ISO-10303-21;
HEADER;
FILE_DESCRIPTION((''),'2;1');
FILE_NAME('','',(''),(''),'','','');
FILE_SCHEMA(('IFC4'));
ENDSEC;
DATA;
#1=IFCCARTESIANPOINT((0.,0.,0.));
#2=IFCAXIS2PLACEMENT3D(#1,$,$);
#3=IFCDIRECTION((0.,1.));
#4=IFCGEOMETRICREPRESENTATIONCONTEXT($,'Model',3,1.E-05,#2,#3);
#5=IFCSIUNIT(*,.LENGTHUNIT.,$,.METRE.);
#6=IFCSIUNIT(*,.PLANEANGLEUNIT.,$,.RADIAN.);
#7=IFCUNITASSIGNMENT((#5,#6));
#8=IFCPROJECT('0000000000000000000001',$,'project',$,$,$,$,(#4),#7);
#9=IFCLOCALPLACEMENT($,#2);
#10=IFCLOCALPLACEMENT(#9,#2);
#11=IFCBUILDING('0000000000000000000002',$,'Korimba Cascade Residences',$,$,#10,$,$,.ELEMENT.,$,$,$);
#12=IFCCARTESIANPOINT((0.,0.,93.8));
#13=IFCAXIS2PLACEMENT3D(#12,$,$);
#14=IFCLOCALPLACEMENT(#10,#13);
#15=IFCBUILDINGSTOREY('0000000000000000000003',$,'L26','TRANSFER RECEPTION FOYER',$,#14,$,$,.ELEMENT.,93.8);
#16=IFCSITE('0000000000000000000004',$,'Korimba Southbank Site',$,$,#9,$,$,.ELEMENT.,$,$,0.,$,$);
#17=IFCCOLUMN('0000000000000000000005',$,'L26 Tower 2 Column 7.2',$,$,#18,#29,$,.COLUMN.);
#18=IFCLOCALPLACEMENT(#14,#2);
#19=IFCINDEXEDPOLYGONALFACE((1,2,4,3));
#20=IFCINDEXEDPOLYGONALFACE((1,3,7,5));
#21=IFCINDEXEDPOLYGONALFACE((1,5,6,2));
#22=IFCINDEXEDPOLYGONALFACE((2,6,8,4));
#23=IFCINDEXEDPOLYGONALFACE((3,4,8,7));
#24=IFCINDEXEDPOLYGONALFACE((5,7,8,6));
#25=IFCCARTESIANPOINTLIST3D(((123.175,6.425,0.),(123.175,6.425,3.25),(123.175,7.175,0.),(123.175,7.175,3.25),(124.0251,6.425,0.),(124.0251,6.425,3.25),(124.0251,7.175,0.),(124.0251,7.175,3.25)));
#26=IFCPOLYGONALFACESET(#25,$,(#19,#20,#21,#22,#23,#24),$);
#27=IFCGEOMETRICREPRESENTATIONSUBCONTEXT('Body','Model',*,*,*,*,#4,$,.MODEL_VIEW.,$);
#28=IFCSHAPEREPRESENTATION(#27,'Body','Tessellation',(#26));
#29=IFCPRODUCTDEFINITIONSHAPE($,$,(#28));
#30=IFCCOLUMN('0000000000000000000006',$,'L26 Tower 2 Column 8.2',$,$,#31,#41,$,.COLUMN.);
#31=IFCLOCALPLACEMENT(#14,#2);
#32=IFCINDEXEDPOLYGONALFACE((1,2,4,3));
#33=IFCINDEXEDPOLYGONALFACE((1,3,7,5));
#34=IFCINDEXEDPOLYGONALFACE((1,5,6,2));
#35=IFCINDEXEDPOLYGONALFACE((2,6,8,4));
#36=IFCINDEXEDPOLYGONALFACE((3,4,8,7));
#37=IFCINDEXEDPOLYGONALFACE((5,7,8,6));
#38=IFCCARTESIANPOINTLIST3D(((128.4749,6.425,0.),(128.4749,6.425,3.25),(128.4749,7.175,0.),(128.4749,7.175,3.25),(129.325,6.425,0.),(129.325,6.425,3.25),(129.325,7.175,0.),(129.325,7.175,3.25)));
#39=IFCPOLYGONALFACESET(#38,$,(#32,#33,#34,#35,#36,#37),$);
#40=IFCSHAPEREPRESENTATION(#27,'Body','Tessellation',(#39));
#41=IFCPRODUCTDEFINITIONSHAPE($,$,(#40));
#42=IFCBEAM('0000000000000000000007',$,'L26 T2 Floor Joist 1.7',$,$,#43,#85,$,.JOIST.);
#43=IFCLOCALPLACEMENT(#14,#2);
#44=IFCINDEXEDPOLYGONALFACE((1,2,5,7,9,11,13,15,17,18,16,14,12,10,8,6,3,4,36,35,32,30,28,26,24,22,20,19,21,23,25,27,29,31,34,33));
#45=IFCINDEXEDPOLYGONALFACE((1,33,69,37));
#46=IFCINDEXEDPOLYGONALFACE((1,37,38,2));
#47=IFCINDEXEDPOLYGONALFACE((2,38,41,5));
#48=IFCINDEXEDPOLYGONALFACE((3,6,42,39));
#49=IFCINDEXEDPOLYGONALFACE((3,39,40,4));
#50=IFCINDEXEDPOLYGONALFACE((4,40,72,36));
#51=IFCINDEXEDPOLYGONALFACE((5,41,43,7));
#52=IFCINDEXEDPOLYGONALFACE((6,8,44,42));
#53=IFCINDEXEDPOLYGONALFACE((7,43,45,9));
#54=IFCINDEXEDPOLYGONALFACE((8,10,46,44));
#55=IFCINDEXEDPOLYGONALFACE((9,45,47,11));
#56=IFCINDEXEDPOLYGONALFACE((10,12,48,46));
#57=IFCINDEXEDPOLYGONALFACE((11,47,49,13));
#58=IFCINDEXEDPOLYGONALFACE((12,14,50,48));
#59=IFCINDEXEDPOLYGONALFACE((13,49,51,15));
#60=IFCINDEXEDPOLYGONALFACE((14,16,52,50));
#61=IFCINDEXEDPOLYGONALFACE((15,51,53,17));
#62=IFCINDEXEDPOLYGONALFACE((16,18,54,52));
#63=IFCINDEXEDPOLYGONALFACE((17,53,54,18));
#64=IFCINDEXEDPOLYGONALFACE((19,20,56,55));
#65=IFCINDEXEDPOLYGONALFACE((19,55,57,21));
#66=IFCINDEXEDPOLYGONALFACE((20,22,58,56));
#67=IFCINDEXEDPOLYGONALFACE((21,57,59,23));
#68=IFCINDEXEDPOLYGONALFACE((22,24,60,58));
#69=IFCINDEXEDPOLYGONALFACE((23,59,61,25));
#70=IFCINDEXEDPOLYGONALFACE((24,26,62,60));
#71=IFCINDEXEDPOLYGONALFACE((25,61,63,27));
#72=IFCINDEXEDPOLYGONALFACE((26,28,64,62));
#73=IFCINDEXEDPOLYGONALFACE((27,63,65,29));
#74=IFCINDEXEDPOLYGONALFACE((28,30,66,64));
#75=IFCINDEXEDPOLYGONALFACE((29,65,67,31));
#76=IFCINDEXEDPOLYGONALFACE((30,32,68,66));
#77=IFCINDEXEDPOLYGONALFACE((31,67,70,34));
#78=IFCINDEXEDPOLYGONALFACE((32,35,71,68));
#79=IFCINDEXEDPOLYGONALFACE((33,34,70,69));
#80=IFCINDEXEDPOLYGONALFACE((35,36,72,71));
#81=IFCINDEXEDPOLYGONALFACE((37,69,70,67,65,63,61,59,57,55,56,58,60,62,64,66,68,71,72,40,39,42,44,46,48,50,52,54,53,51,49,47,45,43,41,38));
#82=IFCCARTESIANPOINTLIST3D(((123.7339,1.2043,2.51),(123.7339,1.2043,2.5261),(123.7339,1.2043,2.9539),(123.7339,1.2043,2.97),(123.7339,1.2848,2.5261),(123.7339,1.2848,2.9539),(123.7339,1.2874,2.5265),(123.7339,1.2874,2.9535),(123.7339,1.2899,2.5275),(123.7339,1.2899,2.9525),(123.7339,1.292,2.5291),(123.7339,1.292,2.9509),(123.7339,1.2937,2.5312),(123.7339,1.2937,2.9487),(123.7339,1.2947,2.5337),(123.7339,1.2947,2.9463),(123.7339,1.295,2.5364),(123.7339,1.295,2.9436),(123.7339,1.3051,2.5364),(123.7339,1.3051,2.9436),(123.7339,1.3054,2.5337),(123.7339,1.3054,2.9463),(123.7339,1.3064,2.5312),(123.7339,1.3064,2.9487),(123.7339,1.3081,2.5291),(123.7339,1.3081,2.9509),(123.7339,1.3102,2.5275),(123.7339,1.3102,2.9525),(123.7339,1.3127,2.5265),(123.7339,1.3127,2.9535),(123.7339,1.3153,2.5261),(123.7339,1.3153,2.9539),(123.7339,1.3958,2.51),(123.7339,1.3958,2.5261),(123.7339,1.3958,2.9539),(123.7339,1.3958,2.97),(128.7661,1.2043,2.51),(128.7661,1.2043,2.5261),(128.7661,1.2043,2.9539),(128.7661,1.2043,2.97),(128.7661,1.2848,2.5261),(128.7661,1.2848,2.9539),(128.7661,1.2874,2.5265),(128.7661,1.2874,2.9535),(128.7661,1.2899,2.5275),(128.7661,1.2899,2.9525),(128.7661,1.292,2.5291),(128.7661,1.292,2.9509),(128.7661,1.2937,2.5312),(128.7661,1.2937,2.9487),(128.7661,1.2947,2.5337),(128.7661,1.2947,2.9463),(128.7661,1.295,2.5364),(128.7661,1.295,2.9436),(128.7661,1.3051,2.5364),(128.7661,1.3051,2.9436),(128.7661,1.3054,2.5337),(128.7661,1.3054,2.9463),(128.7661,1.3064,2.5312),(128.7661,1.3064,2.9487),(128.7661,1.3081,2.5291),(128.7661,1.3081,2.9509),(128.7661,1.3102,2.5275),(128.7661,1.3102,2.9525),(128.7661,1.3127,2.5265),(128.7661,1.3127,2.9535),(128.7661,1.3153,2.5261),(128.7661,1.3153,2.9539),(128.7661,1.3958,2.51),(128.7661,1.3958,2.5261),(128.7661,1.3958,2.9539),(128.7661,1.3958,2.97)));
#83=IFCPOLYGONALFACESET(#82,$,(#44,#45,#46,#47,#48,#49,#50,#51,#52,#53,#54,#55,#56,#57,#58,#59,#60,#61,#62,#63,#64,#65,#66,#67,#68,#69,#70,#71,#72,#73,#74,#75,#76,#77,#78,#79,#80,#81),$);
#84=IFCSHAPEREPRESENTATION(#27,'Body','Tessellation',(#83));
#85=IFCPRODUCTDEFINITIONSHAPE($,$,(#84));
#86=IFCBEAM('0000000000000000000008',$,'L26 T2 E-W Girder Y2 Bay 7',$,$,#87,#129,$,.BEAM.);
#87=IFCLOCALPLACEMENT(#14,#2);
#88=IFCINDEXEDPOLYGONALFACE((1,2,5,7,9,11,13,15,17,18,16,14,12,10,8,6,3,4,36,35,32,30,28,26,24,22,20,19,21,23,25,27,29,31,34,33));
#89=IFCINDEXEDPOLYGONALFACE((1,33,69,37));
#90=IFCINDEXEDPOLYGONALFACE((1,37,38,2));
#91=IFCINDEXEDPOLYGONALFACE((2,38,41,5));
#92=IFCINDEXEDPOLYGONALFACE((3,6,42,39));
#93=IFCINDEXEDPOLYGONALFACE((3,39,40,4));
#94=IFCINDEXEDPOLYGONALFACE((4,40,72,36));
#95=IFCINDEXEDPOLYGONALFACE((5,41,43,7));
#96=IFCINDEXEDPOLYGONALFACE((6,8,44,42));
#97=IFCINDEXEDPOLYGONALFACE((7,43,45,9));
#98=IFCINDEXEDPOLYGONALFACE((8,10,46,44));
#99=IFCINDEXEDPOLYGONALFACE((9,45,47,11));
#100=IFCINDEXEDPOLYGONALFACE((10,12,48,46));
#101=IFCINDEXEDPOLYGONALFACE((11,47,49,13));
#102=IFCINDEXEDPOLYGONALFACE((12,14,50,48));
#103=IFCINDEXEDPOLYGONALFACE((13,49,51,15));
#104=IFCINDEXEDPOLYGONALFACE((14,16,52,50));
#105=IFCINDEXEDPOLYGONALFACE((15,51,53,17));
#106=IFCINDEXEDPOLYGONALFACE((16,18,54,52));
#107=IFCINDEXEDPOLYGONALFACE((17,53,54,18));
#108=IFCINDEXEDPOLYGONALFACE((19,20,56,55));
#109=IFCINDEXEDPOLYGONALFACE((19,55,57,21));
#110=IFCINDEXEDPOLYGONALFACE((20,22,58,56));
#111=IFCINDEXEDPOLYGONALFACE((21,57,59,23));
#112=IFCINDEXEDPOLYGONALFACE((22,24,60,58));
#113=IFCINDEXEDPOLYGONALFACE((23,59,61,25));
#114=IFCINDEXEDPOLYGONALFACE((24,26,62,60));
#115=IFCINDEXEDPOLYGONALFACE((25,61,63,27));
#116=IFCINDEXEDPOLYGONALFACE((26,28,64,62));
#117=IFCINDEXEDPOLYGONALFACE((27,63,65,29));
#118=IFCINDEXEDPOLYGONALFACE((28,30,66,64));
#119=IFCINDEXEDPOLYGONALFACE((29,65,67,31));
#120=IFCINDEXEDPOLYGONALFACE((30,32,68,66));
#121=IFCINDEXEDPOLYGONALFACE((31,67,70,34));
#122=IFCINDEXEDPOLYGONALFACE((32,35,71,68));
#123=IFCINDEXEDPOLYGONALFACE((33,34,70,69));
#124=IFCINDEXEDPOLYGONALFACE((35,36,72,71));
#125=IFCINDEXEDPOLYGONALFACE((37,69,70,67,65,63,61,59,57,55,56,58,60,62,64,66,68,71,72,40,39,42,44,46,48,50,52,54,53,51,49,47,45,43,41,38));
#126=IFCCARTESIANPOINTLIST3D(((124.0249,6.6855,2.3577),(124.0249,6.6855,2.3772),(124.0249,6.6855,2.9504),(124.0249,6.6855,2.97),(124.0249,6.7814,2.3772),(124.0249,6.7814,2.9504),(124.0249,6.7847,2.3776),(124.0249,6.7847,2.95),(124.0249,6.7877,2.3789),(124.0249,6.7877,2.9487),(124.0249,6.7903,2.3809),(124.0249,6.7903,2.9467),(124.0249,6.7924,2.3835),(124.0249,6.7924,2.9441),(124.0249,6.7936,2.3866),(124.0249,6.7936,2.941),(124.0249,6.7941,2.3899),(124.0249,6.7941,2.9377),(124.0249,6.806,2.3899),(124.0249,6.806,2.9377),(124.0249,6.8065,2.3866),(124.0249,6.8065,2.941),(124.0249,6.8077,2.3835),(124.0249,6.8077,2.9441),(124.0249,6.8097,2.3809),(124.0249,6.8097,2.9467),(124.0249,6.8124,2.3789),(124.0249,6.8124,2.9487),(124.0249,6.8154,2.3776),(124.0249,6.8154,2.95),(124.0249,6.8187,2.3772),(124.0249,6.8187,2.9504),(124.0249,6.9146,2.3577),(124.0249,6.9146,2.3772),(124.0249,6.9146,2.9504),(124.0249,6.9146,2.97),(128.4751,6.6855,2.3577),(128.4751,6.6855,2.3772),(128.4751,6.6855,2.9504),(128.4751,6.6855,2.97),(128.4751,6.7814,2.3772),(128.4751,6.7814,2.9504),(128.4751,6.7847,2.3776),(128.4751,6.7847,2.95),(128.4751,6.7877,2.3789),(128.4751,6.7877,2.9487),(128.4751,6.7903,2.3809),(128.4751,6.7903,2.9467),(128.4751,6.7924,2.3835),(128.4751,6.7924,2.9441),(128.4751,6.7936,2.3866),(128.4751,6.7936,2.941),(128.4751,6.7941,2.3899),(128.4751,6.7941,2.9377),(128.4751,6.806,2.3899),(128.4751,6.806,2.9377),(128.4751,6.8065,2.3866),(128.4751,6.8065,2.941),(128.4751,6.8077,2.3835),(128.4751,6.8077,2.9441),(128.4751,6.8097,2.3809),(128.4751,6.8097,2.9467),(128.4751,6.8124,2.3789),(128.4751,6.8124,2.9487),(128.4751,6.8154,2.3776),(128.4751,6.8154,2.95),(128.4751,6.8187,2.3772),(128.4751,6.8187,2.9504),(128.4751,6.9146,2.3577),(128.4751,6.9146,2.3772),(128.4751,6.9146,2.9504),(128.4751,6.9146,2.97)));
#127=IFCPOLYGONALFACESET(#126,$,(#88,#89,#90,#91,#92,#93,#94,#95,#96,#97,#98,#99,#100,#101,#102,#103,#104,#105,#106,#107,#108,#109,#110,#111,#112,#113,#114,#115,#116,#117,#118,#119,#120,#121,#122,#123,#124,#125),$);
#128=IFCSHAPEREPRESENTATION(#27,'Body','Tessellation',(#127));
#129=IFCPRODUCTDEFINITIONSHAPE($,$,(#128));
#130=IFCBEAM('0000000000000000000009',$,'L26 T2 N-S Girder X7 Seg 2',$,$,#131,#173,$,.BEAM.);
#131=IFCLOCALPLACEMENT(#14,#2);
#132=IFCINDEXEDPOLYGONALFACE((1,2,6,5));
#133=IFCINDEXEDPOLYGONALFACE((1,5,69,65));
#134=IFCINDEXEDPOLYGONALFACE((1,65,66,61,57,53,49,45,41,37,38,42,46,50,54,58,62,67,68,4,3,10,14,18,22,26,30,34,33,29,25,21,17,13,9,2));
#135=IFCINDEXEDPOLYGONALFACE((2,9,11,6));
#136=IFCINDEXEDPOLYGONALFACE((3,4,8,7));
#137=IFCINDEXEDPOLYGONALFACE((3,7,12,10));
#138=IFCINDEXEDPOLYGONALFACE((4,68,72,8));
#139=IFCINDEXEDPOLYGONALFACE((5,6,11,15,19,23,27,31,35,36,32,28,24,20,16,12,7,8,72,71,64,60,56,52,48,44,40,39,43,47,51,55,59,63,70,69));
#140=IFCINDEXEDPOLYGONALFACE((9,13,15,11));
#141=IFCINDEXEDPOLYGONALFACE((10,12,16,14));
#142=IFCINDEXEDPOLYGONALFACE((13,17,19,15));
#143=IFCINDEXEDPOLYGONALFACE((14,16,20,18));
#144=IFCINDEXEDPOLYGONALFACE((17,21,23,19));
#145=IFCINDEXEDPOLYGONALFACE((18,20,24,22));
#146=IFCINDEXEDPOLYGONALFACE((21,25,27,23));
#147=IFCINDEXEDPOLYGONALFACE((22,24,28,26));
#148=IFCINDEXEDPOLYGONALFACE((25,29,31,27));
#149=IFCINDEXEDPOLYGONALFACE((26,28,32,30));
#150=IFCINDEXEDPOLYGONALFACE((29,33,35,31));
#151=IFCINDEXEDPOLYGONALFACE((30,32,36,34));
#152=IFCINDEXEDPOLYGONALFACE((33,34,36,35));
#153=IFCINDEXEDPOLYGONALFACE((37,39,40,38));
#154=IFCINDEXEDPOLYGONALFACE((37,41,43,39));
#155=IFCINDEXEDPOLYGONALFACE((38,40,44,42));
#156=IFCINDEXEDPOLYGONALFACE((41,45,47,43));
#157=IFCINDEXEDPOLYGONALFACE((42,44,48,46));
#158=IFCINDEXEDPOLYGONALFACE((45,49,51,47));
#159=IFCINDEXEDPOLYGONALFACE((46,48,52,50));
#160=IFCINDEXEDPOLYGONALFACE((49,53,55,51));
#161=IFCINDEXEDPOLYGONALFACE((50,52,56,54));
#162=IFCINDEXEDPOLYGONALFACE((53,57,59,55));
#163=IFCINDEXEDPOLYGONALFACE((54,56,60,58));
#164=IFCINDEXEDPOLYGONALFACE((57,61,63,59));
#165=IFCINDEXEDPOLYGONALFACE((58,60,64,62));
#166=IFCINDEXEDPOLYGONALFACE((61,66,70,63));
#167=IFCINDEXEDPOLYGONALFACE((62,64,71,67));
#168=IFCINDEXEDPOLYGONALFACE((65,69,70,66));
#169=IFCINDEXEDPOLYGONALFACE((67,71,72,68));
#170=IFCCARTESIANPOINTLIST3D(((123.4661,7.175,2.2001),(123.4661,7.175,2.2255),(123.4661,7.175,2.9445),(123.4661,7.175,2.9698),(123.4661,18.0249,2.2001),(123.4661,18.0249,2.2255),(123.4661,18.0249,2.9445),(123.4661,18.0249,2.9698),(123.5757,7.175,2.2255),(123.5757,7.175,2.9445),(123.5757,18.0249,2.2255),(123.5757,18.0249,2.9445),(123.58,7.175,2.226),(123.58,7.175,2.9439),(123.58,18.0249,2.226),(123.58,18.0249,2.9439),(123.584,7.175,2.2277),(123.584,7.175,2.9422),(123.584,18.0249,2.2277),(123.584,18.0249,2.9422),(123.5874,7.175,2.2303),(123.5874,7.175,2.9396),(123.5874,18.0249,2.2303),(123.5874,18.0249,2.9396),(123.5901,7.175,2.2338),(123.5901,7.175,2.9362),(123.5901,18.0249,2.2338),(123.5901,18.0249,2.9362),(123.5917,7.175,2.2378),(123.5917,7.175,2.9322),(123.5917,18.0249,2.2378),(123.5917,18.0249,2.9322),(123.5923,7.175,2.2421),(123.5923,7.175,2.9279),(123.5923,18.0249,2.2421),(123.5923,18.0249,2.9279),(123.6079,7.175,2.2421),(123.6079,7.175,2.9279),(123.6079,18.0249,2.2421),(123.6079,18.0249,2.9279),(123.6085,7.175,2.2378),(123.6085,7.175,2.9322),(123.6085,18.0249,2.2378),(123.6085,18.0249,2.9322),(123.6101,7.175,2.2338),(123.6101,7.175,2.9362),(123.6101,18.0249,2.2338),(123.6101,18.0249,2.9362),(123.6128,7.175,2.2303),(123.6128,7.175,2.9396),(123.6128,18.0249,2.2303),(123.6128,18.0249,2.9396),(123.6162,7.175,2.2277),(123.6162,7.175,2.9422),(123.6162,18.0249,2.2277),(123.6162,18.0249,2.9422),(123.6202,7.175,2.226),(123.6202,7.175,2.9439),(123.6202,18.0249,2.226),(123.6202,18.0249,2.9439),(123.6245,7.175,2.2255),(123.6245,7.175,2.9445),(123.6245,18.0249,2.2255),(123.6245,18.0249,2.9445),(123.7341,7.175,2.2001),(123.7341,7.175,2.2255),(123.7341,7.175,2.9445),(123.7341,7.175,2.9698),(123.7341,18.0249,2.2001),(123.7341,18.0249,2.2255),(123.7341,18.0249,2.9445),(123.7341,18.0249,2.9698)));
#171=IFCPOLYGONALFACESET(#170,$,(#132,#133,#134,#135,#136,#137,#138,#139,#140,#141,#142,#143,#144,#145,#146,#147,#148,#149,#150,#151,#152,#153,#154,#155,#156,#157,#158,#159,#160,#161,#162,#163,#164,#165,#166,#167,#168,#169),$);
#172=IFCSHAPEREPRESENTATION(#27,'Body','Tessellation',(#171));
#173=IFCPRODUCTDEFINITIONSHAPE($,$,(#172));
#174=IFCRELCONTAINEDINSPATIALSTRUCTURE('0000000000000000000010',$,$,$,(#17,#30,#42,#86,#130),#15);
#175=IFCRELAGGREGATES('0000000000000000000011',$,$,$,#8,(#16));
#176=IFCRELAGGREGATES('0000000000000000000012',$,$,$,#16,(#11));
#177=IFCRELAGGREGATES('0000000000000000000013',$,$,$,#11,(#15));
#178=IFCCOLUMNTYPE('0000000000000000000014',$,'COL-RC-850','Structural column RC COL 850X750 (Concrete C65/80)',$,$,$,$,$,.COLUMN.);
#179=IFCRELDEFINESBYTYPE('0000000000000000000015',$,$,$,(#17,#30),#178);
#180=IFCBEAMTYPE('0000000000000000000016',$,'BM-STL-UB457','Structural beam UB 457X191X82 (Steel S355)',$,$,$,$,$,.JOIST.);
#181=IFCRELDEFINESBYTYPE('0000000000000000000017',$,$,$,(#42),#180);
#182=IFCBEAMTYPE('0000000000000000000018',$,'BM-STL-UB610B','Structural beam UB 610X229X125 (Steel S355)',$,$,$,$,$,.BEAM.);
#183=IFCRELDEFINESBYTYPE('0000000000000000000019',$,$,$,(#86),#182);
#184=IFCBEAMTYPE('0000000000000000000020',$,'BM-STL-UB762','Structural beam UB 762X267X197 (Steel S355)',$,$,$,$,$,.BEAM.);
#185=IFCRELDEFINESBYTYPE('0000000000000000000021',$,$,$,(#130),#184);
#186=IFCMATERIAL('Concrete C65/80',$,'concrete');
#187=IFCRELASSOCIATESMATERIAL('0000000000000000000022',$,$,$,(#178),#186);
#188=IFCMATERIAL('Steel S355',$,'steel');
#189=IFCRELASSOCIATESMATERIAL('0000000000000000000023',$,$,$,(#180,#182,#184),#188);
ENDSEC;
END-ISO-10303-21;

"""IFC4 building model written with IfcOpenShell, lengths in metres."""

from ifc_helpers import new_model, si_unit, direction, frame, origin, origin_2d, place, context, subcontext, project, spatial, rectangle, i_section, extrude, material, material_profile, profile_set, type_object, element, save


model = new_model("IFC4")

# Units and contexts
model_context = context("Model", 3, precision=1e-05, world=origin(), true_north=direction((0.0, 1.0)))
body_context = subcontext(model_context, "Body", "Model", "MODEL_VIEW")
ifc_project = project(units=[si_unit("LENGTHUNIT", "METRE"), si_unit("PLANEANGLEUNIT", "RADIAN")], contexts=[model_context])

# Site, building, storey
site_placement = place(None, origin())
site = spatial("IfcSite", under=ifc_project, at=site_placement, Name="Korimba Southbank Site", CompositionType="ELEMENT", RefElevation=0.0)
building_placement = place(site_placement, origin())
building = spatial("IfcBuilding", under=site, at=building_placement, Name="Korimba Cascade Residences", CompositionType="ELEMENT")
storey_placement = place(building_placement, frame((0.0, 0.0, 93.8)))
storey = spatial("IfcBuildingStorey", under=building, at=storey_placement, Name="L26", Description="TRANSFER RECEPTION FOYER", CompositionType="ELEMENT", Elevation=93.8)

# Columns
ifc_material_1 = material(Name="Concrete C65/80", Category="concrete")
ifc_material_profile_1 = material_profile(ifc_material_1, rectangle(XDim=0.8501, YDim=0.75, at=origin_2d()), Name="Concrete C65/80")
ifc_profile_set_1 = profile_set([ifc_material_profile_1], Name="Concrete C65/80")
column_type = type_object("IfcColumnType", Name="COL-RC-850", Description="Structural column RC COL 850X750 (Concrete C65/80)", PredefinedType="COLUMN", material=ifc_profile_set_1)
for number, where, z_axis, x_axis, name in (
    (1, (123.6001, 6.8, 0.0), (0.0, 0.0, 1.0), (1.0, 0.0, 0.0), "L26 Tower 2 Column 7.2"),
    (2, (128.8999, 6.8, 0.0), (0.0, 0.0, 1.0), (1.0, 0.0, 0.0), "L26 Tower 2 Column 8.2"),
):
    element("IfcColumn", number, at=place(storey_placement, frame(where, z_axis=z_axis, x_axis=x_axis)), inside=storey, type_object=column_type, Name=name, PredefinedType="COLUMN", context=body_context, shape_type="SweptSolid", body=[
        extrude(rectangle(XDim=0.8501, YDim=0.75, at=origin_2d()), origin(), (0.0, 0.0, 1.0), 3.25),
    ])

# Beams
ifc_material_2 = material(Name="Steel S355", Category="steel")
ifc_material_profile_2 = material_profile(ifc_material_2, i_section(OverallWidth=0.1914, OverallDepth=0.46, WebThickness=0.01, FlangeThickness=0.0161, FilletRadius=0.0103, at=origin_2d()), Name="Steel S355")
ifc_profile_set_2 = profile_set([ifc_material_profile_2], Name="Steel S355")
beam_type_1 = type_object("IfcBeamType", Name="BM-STL-UB457", Description="Structural beam UB 457X191X82 (Steel S355)", PredefinedType="JOIST", material=ifc_profile_set_2)
beam_1_placement = place(storey_placement, frame((123.7339, 1.3, 2.74), z_axis=(1.0, 0.0, 0.0), x_axis=(0.0, 1.0, 0.0)))
element("IfcBeam", 3, at=beam_1_placement, inside=storey, type_object=beam_type_1, Name="L26 T2 Floor Joist 1.7", PredefinedType="JOIST", context=body_context, shape_type="SweptSolid", body=[
    extrude(i_section(OverallWidth=0.1914, OverallDepth=0.46, WebThickness=0.01, FlangeThickness=0.0161, FilletRadius=0.0103, at=origin_2d()), origin(), (0.0, 0.0, 1.0), 5.0322),
])
ifc_material_profile_3 = material_profile(ifc_material_2, i_section(OverallWidth=0.229, OverallDepth=0.6123, WebThickness=0.012, FlangeThickness=0.0195, FilletRadius=0.0127, at=origin_2d()), Name="Steel S355")
ifc_profile_set_3 = profile_set([ifc_material_profile_3], Name="Steel S355")
beam_type_2 = type_object("IfcBeamType", Name="BM-STL-UB610B", Description="Structural beam UB 610X229X125 (Steel S355)", PredefinedType="BEAM", material=ifc_profile_set_3)
beam_2_placement = place(storey_placement, frame((124.0249, 6.8, 2.6638), z_axis=(1.0, 0.0, 0.0), x_axis=(0.0, 1.0, 0.0)))
element("IfcBeam", 4, at=beam_2_placement, inside=storey, type_object=beam_type_2, Name="L26 T2 E-W Girder Y2 Bay 7", PredefinedType="BEAM", context=body_context, shape_type="SweptSolid", body=[
    extrude(i_section(OverallWidth=0.229, OverallDepth=0.6123, WebThickness=0.012, FlangeThickness=0.0195, FilletRadius=0.0127, at=origin_2d()), origin(), (0.0, 0.0, 1.0), 4.4502),
])
ifc_material_profile_4 = material_profile(ifc_material_2, i_section(OverallWidth=0.2681, OverallDepth=0.7698, WebThickness=0.0156, FlangeThickness=0.0254, FilletRadius=0.0166, at=origin_2d()), Name="Steel S355")
ifc_profile_set_4 = profile_set([ifc_material_profile_4], Name="Steel S355")
beam_type_3 = type_object("IfcBeamType", Name="BM-STL-UB762", Description="Structural beam UB 762X267X197 (Steel S355)", PredefinedType="BEAM", material=ifc_profile_set_4)
for number, where, z_axis, x_axis, name in (
    (5, (123.6001, 7.175, 2.585), (0.0, 1.0, 0.0), (-1.0, 0.0, 0.0), "L26 T2 N-S Girder X7 Seg 2"),
):
    element("IfcBeam", number, at=place(storey_placement, frame(where, z_axis=z_axis, x_axis=x_axis)), inside=storey, type_object=beam_type_3, Name=name, PredefinedType="BEAM", context=body_context, shape_type="SweptSolid", body=[
        extrude(i_section(OverallWidth=0.2681, OverallDepth=0.7698, WebThickness=0.0156, FlangeThickness=0.0254, FilletRadius=0.0166, at=origin_2d()), origin(), (0.0, 0.0, 1.0), 10.8499),
    ])

save(model, "model.ifc")
